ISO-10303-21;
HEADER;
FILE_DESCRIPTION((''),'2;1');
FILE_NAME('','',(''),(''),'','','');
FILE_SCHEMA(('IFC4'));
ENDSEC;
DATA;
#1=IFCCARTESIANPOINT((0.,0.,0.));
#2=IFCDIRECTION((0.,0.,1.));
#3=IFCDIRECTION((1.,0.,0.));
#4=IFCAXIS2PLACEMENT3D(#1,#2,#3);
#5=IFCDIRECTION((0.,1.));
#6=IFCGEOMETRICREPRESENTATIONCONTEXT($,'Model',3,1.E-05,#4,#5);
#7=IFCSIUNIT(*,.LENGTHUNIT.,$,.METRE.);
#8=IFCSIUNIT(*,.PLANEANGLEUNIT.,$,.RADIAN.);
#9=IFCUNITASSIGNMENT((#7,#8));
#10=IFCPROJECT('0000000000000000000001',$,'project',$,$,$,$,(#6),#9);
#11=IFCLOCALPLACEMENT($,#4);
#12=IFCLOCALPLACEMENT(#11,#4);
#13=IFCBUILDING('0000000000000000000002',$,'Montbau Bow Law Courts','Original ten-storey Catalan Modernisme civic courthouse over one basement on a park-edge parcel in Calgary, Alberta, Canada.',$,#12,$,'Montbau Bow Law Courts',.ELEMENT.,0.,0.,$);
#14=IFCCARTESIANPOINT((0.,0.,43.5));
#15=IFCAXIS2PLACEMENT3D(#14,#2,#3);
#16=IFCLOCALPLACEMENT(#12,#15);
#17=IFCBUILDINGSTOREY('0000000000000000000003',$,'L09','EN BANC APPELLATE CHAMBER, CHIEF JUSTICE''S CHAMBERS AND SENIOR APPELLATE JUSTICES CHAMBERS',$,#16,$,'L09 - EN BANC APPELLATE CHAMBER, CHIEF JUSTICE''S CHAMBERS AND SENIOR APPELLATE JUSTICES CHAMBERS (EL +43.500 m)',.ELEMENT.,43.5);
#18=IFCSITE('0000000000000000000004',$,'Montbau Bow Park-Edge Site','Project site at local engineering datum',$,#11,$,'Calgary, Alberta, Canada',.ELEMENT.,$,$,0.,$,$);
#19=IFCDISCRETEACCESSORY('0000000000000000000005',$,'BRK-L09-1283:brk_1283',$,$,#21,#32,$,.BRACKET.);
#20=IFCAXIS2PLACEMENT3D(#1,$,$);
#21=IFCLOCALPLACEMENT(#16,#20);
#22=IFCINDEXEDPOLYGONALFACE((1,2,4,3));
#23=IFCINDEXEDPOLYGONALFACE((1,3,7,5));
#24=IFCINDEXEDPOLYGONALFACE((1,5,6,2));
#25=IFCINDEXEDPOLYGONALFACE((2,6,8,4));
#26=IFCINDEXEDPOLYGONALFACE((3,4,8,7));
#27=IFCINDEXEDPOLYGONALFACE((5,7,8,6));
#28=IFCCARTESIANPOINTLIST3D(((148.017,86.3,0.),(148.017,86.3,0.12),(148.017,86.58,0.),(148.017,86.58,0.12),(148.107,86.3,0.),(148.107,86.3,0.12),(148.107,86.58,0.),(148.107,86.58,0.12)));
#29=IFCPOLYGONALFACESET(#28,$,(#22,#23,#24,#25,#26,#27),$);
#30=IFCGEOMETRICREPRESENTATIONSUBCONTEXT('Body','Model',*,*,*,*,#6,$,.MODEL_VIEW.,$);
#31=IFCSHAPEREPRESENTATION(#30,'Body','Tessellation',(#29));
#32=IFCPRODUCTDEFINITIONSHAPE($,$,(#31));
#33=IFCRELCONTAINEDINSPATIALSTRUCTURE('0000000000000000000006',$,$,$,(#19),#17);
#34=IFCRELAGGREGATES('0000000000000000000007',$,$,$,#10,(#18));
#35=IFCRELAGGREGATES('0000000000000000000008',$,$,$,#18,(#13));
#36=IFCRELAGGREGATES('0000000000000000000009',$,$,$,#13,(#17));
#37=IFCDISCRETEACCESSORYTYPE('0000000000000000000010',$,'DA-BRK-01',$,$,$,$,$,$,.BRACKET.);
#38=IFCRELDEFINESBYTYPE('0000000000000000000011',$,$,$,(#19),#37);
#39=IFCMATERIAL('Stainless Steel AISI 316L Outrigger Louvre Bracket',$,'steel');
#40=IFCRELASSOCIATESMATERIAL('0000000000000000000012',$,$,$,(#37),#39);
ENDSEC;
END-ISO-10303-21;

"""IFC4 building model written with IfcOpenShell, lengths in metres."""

from ifc_helpers import new_model, si_unit, direction, frame, origin_with_axes, origin_2d_with_axis, place, context, subcontext, project, spatial, rectangle, extrude, material, type_object, element, save


model = new_model("IFC4")

# Units and contexts
model_context = context("Model", 3, precision=1e-05, world=origin_with_axes(), true_north=direction((0.0, 1.0)))
body_context = subcontext(model_context, "Body", "Model", "MODEL_VIEW")
ifc_project = project(units=[si_unit("LENGTHUNIT", "METRE"), si_unit("PLANEANGLEUNIT", "RADIAN")], contexts=[model_context])

# Site, building, storey
site_placement = place(None, origin_with_axes())
site = spatial("IfcSite", under=ifc_project, at=site_placement, Name="Montbau Bow Park-Edge Site", Description="Project site at local engineering datum", LongName="Calgary, Alberta, Canada", CompositionType="ELEMENT", RefElevation=0.0)
building_placement = place(site_placement, origin_with_axes())
building = spatial("IfcBuilding", under=site, at=building_placement, Name="Montbau Bow Law Courts", Description="Original ten-storey Catalan Modernisme civic courthouse over one basement on a park-edge parcel in Calgary, Alberta, Canada.", LongName="Montbau Bow Law Courts", CompositionType="ELEMENT", ElevationOfRefHeight=0.0, ElevationOfTerrain=0.0)
storey_placement = place(building_placement, frame((0.0, 0.0, 43.5), z_axis=(0.0, 0.0, 1.0), x_axis=(1.0, 0.0, 0.0)))
storey = spatial("IfcBuildingStorey", under=building, at=storey_placement, Name="L09", Description="EN BANC APPELLATE CHAMBER, CHIEF JUSTICE'S CHAMBERS AND SENIOR APPELLATE JUSTICES CHAMBERS", LongName="L09 - EN BANC APPELLATE CHAMBER, CHIEF JUSTICE'S CHAMBERS AND SENIOR APPELLATE JUSTICES CHAMBERS (EL +43.500 m)", CompositionType="ELEMENT", Elevation=43.5)

# Discrete accessory
ifc_material_1 = material(Name="Stainless Steel AISI 316L Outrigger Louvre Bracket", Category="steel")
discrete_accessory_type = type_object("IfcDiscreteAccessoryType", Name="DA-BRK-01", PredefinedType="BRACKET", material=ifc_material_1)
discrete_accessory_placement = place(None, frame((148.062, 86.44, 43.5), z_axis=(0.0, 0.0, 1.0), x_axis=(0.0, -1.0, 0.0)))
element("IfcDiscreteAccessory", 1, at=discrete_accessory_placement, inside=storey, type_object=discrete_accessory_type, Name="BRK-L09-1283:brk_1283", PredefinedType="BRACKET", context=body_context, shape_type="SweptSolid", body=[
    extrude(rectangle(XDim=0.28, YDim=0.09, at=origin_2d_with_axis()), origin_with_axes(), (0.0, 0.0, 1.0), 0.12),
])

save(model, "model.ifc")
